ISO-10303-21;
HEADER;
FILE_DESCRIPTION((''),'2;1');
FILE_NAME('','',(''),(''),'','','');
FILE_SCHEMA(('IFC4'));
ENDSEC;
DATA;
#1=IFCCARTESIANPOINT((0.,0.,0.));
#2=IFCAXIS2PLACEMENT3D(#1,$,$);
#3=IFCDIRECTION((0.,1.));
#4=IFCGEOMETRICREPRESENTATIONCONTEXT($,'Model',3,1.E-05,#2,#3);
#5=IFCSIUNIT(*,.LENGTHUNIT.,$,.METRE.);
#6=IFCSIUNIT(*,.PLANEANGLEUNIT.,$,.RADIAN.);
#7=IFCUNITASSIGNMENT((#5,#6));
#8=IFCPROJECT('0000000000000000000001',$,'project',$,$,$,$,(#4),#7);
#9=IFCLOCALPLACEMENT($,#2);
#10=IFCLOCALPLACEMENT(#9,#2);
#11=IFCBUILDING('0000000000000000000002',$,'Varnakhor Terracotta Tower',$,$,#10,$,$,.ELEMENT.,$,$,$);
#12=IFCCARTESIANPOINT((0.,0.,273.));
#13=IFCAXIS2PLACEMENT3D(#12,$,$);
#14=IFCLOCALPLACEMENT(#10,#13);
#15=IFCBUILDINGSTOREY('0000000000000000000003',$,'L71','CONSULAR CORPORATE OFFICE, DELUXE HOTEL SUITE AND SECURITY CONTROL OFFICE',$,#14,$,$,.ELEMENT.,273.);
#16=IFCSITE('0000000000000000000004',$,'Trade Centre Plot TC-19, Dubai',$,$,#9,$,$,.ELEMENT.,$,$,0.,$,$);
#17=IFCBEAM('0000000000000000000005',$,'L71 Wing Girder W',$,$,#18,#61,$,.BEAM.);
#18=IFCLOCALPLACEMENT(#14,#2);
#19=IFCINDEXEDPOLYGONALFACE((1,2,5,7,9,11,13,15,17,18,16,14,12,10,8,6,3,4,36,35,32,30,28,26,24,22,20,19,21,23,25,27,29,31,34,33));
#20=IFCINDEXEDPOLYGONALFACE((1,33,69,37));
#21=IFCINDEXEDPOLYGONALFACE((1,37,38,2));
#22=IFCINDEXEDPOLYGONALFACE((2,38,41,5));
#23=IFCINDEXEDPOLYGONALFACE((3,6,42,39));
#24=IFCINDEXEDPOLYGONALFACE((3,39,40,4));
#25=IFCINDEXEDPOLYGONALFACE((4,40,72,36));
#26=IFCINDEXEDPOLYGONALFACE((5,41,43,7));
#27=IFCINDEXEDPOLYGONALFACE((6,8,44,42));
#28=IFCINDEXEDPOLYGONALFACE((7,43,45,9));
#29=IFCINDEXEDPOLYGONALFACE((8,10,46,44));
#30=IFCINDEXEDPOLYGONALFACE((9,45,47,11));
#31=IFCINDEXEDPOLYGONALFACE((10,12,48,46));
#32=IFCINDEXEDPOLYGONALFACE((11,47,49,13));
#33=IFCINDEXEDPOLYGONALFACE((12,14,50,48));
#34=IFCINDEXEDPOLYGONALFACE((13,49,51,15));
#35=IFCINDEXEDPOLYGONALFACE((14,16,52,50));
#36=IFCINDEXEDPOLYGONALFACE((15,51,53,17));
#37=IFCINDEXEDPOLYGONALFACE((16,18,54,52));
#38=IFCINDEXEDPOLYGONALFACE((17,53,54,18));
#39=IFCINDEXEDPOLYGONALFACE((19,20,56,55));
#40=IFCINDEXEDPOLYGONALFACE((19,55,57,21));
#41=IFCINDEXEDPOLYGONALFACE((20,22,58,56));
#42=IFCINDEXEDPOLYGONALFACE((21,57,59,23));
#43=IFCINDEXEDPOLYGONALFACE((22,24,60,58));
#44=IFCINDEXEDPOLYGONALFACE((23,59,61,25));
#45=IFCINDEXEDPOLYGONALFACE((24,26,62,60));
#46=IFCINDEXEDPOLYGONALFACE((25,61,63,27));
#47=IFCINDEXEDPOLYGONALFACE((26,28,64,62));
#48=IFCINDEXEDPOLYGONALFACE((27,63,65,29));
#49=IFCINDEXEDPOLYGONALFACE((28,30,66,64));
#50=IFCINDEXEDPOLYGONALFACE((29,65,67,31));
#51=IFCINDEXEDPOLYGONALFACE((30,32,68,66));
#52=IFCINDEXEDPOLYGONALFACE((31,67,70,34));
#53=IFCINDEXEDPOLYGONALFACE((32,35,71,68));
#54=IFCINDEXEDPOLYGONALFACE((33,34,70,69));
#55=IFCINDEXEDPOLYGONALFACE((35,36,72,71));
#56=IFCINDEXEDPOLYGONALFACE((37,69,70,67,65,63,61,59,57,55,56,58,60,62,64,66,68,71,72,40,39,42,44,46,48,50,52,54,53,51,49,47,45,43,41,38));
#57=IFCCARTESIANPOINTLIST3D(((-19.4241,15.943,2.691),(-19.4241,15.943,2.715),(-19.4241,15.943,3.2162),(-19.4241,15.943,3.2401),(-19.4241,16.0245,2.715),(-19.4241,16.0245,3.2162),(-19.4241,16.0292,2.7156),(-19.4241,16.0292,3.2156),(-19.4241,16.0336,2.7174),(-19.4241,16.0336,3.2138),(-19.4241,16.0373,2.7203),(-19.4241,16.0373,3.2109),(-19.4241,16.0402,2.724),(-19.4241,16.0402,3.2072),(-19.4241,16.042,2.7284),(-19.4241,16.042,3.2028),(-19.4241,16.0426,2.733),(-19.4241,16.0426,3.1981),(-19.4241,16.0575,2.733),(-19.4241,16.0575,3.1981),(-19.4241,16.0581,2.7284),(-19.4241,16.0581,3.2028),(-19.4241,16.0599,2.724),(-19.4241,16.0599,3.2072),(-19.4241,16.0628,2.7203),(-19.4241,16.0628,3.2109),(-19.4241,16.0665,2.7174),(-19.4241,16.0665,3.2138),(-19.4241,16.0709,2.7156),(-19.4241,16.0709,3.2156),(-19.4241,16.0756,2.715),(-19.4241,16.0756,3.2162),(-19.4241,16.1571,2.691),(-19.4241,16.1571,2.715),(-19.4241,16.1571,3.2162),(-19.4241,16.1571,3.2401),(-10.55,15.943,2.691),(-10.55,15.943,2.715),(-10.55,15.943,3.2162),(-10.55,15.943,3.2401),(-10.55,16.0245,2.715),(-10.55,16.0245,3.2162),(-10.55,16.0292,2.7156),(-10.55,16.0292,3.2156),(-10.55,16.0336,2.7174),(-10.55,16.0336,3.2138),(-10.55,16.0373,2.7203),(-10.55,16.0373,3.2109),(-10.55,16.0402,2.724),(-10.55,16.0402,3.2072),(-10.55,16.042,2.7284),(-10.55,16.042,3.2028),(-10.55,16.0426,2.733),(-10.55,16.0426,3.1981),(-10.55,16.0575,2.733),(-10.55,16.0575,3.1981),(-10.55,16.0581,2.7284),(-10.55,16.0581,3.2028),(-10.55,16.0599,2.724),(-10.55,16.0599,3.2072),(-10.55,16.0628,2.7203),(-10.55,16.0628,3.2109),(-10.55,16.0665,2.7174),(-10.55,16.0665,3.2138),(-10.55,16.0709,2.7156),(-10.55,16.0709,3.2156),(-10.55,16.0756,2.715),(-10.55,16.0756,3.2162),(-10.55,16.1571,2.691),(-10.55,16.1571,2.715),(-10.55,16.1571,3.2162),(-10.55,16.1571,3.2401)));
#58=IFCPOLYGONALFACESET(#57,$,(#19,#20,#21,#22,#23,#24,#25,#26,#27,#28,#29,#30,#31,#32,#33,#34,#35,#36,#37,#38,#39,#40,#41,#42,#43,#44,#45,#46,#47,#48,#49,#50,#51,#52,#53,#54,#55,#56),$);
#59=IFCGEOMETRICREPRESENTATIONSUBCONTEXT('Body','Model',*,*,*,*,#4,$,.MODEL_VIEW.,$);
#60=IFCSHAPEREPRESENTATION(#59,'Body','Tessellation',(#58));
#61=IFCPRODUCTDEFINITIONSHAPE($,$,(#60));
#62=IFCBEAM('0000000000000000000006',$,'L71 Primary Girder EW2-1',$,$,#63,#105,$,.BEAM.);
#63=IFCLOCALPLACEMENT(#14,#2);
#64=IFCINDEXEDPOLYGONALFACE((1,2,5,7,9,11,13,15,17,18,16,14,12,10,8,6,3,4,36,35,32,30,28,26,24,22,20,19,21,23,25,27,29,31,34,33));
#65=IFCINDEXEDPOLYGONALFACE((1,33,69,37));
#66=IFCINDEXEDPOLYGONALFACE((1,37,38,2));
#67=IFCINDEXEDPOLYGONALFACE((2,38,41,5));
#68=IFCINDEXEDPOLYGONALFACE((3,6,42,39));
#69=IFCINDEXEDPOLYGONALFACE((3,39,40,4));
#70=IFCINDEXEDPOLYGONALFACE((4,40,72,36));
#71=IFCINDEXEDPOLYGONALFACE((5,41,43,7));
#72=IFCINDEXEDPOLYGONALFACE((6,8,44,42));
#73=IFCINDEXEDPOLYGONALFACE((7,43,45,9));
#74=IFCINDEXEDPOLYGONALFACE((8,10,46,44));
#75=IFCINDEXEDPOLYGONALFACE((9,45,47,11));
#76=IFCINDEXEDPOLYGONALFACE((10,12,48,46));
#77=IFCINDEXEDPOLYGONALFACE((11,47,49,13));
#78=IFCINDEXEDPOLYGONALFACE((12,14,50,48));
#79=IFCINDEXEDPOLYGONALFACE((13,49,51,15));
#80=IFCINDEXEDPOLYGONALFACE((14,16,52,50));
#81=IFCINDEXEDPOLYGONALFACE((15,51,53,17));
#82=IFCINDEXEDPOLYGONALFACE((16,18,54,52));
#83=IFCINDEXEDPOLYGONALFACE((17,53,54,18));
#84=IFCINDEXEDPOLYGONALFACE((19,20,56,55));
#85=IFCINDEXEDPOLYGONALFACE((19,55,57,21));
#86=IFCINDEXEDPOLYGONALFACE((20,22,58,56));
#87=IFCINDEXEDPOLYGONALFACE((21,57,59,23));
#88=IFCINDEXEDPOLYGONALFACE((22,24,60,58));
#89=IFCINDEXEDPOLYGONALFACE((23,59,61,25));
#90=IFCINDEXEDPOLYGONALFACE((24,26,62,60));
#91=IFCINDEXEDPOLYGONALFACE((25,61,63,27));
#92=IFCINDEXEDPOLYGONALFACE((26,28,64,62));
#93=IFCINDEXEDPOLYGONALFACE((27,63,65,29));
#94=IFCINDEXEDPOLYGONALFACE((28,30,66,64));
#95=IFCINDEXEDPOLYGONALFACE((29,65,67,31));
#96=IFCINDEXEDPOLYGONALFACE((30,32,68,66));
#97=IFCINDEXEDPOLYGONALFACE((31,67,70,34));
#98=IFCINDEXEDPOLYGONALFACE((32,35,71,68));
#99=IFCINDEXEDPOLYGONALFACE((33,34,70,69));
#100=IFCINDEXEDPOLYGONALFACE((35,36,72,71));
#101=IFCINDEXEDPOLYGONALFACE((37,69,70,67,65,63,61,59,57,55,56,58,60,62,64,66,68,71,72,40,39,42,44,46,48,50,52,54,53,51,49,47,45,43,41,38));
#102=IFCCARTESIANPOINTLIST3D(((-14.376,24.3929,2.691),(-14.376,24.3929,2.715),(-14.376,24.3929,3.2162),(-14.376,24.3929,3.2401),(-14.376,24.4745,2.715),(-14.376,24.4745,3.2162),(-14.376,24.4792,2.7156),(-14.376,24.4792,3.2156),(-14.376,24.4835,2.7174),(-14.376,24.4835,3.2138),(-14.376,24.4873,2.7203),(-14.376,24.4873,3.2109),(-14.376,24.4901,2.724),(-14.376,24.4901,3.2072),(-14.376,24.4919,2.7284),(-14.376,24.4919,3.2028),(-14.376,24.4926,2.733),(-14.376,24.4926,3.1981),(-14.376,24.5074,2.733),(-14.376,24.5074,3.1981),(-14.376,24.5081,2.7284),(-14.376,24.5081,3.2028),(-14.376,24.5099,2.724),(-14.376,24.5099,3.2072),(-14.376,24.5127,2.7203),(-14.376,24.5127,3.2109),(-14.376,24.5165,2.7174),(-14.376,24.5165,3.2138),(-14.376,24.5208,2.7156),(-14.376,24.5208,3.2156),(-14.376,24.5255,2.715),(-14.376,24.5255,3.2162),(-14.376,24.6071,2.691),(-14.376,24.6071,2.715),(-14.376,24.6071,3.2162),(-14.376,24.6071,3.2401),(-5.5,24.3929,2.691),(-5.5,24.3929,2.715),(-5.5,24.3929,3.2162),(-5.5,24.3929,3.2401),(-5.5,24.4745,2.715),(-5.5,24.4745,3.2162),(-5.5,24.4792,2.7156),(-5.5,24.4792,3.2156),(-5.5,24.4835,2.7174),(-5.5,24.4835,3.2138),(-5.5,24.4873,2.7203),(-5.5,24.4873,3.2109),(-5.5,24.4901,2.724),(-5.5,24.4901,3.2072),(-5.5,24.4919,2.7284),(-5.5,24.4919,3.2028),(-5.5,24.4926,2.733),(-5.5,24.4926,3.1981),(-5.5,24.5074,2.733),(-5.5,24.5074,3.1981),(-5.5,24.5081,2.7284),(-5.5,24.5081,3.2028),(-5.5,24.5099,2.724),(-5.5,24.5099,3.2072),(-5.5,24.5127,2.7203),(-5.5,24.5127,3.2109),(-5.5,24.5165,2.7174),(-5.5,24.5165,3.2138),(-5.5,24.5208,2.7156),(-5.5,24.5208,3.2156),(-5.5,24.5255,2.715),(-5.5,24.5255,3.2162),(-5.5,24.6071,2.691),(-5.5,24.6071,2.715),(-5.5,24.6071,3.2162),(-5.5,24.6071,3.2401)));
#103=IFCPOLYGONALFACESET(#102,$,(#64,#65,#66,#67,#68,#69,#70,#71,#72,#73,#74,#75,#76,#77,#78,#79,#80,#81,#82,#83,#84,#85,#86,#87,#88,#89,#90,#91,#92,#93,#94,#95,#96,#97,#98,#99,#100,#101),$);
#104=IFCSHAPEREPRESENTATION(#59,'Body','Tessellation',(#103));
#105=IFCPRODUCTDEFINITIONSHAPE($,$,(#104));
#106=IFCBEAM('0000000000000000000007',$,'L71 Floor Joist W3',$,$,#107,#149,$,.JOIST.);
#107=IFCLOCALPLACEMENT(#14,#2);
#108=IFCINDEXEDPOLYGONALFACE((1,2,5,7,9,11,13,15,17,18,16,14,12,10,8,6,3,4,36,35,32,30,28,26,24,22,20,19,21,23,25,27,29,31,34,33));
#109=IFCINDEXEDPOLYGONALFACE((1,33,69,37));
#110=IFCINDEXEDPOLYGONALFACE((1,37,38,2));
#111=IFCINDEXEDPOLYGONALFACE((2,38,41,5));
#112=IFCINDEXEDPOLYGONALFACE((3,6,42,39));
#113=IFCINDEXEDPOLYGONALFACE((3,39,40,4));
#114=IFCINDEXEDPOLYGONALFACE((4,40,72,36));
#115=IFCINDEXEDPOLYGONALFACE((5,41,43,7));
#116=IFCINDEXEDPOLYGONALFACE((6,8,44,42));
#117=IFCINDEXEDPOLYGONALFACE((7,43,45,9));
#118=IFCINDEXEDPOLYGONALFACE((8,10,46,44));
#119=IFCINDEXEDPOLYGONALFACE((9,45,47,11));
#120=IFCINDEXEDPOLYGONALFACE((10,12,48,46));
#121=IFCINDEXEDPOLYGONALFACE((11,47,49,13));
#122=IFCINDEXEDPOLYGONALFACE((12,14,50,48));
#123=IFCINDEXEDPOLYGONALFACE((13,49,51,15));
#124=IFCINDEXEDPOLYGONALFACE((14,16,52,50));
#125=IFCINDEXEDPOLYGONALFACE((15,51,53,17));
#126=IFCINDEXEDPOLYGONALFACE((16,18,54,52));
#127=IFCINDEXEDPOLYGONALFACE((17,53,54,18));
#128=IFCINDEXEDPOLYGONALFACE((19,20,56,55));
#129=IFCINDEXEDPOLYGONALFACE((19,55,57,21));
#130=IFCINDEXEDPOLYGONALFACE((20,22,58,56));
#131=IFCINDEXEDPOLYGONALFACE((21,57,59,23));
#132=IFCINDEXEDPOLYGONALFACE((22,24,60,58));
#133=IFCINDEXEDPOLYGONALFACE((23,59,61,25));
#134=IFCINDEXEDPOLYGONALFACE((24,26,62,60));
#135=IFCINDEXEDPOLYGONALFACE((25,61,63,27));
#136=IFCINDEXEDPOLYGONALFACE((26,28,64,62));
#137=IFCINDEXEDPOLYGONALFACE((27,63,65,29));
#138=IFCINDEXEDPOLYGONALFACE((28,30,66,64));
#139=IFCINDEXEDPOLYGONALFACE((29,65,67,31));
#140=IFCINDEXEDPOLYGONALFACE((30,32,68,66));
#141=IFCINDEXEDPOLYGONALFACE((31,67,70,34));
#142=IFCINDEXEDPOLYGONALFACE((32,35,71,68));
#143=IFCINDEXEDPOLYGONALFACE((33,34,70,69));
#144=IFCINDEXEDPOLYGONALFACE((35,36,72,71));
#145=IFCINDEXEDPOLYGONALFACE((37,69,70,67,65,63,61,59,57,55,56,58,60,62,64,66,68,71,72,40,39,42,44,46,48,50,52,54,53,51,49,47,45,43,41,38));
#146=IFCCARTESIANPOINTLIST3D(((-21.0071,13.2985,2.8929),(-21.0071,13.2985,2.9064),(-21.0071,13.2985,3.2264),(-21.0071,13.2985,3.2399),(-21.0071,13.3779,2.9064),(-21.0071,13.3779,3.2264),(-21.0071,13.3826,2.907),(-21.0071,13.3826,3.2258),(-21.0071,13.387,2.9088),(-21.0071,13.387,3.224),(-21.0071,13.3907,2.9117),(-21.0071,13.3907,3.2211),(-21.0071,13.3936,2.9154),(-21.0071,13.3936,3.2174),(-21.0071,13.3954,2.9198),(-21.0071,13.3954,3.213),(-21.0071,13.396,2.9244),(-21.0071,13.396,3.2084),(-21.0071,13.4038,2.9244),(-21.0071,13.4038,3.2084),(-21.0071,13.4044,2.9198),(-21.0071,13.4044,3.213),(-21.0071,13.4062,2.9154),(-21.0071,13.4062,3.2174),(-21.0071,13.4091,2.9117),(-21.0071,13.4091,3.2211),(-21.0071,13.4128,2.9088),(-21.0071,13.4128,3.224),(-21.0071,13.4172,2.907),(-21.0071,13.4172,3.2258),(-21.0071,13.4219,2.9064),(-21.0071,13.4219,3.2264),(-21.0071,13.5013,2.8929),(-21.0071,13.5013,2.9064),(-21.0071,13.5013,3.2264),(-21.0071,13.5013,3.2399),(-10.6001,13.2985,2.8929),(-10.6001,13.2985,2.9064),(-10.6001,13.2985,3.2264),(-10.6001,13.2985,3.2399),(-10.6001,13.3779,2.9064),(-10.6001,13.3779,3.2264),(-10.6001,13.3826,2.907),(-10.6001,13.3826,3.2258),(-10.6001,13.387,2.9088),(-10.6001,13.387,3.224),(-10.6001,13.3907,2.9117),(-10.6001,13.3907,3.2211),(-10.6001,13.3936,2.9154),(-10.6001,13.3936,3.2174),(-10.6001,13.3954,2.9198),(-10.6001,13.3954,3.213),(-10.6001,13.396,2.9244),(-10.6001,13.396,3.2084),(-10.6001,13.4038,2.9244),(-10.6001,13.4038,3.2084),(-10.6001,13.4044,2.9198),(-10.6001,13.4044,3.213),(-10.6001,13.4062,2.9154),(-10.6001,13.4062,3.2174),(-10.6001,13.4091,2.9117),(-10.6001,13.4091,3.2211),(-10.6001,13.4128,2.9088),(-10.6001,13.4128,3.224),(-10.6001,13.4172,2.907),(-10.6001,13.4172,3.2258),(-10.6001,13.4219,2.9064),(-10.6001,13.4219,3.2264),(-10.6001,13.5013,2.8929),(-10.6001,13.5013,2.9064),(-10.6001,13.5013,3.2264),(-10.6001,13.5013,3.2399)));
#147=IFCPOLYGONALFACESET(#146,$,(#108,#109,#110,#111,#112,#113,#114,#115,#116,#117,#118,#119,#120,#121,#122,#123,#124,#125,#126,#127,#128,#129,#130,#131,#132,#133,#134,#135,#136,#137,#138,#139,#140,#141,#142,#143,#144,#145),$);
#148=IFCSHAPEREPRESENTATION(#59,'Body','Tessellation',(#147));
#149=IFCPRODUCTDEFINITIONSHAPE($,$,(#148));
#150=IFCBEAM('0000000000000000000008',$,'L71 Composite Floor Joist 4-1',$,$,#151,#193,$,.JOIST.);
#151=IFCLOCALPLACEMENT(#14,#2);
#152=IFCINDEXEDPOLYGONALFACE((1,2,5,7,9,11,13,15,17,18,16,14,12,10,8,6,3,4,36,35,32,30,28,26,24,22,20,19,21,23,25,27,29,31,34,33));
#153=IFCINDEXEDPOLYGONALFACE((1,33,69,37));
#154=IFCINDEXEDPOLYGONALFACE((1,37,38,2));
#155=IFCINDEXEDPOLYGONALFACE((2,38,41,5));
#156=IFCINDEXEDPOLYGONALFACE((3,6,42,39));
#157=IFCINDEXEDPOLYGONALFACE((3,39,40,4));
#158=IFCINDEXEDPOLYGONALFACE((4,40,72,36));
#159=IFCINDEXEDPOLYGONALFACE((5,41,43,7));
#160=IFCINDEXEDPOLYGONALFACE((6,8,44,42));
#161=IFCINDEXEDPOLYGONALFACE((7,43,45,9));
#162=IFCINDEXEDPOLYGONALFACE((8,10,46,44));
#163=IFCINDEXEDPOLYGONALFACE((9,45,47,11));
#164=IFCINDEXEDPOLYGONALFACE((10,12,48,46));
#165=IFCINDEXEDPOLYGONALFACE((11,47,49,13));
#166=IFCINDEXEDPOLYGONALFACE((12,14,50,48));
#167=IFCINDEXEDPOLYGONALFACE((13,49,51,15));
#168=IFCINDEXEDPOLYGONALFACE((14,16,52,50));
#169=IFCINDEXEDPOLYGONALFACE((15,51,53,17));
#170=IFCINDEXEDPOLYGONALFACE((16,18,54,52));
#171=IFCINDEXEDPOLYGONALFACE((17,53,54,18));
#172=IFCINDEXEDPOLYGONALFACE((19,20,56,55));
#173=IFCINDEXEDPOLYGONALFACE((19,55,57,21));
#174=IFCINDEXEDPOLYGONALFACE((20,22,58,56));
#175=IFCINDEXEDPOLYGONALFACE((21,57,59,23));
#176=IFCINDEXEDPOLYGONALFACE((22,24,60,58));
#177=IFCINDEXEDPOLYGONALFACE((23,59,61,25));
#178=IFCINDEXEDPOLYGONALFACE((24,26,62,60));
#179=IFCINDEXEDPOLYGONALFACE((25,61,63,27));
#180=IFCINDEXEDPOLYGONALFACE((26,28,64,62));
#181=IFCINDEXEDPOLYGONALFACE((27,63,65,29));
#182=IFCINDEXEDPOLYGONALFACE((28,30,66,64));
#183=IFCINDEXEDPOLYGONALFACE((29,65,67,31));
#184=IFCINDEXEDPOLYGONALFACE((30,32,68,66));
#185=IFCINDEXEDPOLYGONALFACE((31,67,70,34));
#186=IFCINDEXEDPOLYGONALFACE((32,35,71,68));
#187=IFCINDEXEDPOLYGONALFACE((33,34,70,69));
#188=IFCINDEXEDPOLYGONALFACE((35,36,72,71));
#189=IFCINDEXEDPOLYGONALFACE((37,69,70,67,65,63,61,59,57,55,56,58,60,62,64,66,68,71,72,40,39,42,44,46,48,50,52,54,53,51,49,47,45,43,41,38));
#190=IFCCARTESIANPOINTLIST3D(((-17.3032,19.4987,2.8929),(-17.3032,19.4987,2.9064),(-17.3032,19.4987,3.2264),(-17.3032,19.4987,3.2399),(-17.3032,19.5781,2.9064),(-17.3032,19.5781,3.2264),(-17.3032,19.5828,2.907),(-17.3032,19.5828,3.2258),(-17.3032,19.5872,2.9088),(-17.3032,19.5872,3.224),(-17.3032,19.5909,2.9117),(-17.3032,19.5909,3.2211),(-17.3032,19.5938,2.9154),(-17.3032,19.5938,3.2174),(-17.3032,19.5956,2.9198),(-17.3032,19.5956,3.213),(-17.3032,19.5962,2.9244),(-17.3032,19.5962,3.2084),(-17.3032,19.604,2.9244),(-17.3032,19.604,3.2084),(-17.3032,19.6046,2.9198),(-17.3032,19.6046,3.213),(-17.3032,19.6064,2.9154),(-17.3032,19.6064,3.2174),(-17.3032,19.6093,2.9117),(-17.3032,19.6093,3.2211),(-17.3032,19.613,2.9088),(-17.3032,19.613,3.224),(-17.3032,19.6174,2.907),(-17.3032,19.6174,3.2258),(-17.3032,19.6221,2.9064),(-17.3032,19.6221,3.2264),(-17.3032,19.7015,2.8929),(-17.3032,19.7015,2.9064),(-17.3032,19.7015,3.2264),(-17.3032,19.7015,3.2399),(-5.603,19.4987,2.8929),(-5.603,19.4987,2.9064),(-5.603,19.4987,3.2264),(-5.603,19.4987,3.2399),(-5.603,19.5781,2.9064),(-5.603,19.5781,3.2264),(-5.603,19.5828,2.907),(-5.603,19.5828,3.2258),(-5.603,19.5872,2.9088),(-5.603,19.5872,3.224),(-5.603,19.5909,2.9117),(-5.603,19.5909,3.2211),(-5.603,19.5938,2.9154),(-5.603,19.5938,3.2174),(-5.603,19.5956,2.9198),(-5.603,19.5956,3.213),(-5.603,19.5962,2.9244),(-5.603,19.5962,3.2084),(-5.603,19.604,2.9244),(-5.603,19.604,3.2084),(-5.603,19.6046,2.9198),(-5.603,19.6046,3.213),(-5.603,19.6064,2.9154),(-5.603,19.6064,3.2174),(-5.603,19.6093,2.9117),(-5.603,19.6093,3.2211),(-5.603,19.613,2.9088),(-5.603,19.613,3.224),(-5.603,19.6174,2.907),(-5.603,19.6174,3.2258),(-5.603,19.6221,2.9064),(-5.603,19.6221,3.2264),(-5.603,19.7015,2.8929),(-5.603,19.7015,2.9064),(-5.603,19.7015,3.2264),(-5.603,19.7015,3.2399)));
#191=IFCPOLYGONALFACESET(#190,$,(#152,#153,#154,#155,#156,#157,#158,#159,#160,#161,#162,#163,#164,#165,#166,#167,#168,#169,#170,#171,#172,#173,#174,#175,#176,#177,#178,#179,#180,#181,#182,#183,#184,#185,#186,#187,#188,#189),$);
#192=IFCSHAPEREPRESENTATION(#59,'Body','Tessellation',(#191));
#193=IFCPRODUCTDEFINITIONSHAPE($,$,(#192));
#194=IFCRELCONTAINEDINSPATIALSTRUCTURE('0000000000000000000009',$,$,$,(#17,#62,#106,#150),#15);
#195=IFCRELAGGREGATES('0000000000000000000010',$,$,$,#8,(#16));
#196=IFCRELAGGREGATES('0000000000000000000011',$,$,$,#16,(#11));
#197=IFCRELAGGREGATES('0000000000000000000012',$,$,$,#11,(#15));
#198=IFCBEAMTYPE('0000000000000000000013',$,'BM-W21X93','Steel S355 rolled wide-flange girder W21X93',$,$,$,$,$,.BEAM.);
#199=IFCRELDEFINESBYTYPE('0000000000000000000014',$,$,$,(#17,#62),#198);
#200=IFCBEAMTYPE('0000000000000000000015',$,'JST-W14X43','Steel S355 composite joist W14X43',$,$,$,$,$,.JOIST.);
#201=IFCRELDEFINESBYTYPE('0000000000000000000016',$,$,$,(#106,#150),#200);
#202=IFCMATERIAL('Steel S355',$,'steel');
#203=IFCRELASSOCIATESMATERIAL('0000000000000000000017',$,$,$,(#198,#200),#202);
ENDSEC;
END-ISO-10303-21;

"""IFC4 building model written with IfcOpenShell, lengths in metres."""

from ifc_helpers import new_model, si_unit, direction, frame, origin, origin_2d, place, context, subcontext, project, spatial, i_section, extrude, source, transform, mapped, material, material_profile, profile_set, type_object, element, save


model = new_model("IFC4")

# Units and contexts
model_context = context("Model", 3, precision=1e-05, world=origin(), true_north=direction((0.0, 1.0)))
body_context = subcontext(model_context, "Body", "Model", "MODEL_VIEW")
ifc_project = project(units=[si_unit("LENGTHUNIT", "METRE"), si_unit("PLANEANGLEUNIT", "RADIAN")], contexts=[model_context])

# Site, building, storey
site_placement = place(None, origin())
site = spatial("IfcSite", under=ifc_project, at=site_placement, Name="Trade Centre Plot TC-19, Dubai", CompositionType="ELEMENT", RefElevation=0.0)
building_placement = place(site_placement, origin())
building = spatial("IfcBuilding", under=site, at=building_placement, Name="Varnakhor Terracotta Tower", CompositionType="ELEMENT")
storey_placement = place(building_placement, frame((0.0, 0.0, 273.0)))
storey = spatial("IfcBuildingStorey", under=building, at=storey_placement, Name="L71", Description="CONSULAR CORPORATE OFFICE, DELUXE HOTEL SUITE AND SECURITY CONTROL OFFICE", CompositionType="ELEMENT", Elevation=273.0)

# Beams
ifc_material_1 = material(Name="Steel S355", Category="steel")
ifc_material_profile_1 = material_profile(ifc_material_1, i_section(OverallWidth=0.2141, OverallDepth=0.5491, WebThickness=0.0149, FlangeThickness=0.0239, FilletRadius=0.0181, at=origin_2d()), Name="W21X93")
ifc_profile_set_1 = profile_set([ifc_material_profile_1], Name="Steel S355")
beam_type_1 = type_object("IfcBeamType", Name="BM-W21X93", Description="Steel S355 rolled wide-flange girder W21X93", PredefinedType="BEAM", material=ifc_profile_set_1)
shared_shape_1 = source(origin(), body_context, "Body", "SweptSolid", [
    extrude(i_section(OverallWidth=0.2141, OverallDepth=0.5491, WebThickness=0.0149, FlangeThickness=0.0239, FilletRadius=0.0181, at=origin_2d()), origin(), (0.0, 0.0, 1.0), 8.874),
])
beam_1_placement = place(storey_placement, frame((-19.4241, 16.05, 2.9656), z_axis=(1.0, 0.0, 0.0), x_axis=(0.0, 1.0, 0.0)))
element("IfcBeam", 1, at=beam_1_placement, inside=storey, type_object=beam_type_1, Name="L71 Wing Girder W", PredefinedType="BEAM", context=body_context, shape_type="MappedRepresentation", body=[
    mapped(shared_shape_1, transform((0.0, 0.0, 0.0), scale=1.0)),
])
shared_shape_2 = source(origin(), body_context, "Body", "SweptSolid", [
    extrude(i_section(OverallWidth=0.2141, OverallDepth=0.5491, WebThickness=0.0149, FlangeThickness=0.0239, FilletRadius=0.0181, at=origin_2d()), origin(), (0.0, 0.0, 1.0), 8.876),
])
beam_2_placement = place(storey_placement, frame((-14.376, 24.5, 2.9656), z_axis=(1.0, 0.0, 0.0), x_axis=(0.0, 1.0, 0.0)))
element("IfcBeam", 2, at=beam_2_placement, inside=storey, type_object=beam_type_1, Name="L71 Primary Girder EW2-1", PredefinedType="BEAM", context=body_context, shape_type="MappedRepresentation", body=[
    mapped(shared_shape_2, transform((0.0, 0.0, 0.0), scale=1.0)),
])
ifc_material_profile_2 = material_profile(ifc_material_1, i_section(OverallWidth=0.2029, OverallDepth=0.3469, WebThickness=0.0078, FlangeThickness=0.0134, FilletRadius=0.0181, at=origin_2d()), Name="W14X43")
ifc_profile_set_2 = profile_set([ifc_material_profile_2], Name="Steel S355")
beam_type_2 = type_object("IfcBeamType", Name="JST-W14X43", Description="Steel S355 composite joist W14X43", PredefinedType="JOIST", material=ifc_profile_set_2)
shared_shape_3 = source(origin(), body_context, "Body", "SweptSolid", [
    extrude(i_section(OverallWidth=0.2029, OverallDepth=0.3469, WebThickness=0.0078, FlangeThickness=0.0134, FilletRadius=0.0181, at=origin_2d()), origin(), (0.0, 0.0, 1.0), 10.407),
])
beam_3_placement = place(storey_placement, frame((-21.0071, 13.3999, 3.0664), z_axis=(1.0, 0.0, 0.0), x_axis=(0.0, 1.0, 0.0)))
element("IfcBeam", 3, at=beam_3_placement, inside=storey, type_object=beam_type_2, Name="L71 Floor Joist W3", PredefinedType="JOIST", context=body_context, shape_type="MappedRepresentation", body=[
    mapped(shared_shape_3, transform((0.0, 0.0, 0.0), scale=1.0)),
])
shared_shape_4 = source(origin(), body_context, "Body", "SweptSolid", [
    extrude(i_section(OverallWidth=0.2029, OverallDepth=0.3469, WebThickness=0.0078, FlangeThickness=0.0134, FilletRadius=0.0181, at=origin_2d()), origin(), (0.0, 0.0, 1.0), 11.7002),
])
beam_4_placement = place(storey_placement, frame((-17.3032, 19.6001, 3.0664), z_axis=(1.0, 0.0, 0.0), x_axis=(0.0, 1.0, 0.0)))
element("IfcBeam", 4, at=beam_4_placement, inside=storey, type_object=beam_type_2, Name="L71 Composite Floor Joist 4-1", PredefinedType="JOIST", context=body_context, shape_type="MappedRepresentation", body=[
    mapped(shared_shape_4, transform((0.0, 0.0, 0.0), scale=1.0)),
])

save(model, "model.ifc")
